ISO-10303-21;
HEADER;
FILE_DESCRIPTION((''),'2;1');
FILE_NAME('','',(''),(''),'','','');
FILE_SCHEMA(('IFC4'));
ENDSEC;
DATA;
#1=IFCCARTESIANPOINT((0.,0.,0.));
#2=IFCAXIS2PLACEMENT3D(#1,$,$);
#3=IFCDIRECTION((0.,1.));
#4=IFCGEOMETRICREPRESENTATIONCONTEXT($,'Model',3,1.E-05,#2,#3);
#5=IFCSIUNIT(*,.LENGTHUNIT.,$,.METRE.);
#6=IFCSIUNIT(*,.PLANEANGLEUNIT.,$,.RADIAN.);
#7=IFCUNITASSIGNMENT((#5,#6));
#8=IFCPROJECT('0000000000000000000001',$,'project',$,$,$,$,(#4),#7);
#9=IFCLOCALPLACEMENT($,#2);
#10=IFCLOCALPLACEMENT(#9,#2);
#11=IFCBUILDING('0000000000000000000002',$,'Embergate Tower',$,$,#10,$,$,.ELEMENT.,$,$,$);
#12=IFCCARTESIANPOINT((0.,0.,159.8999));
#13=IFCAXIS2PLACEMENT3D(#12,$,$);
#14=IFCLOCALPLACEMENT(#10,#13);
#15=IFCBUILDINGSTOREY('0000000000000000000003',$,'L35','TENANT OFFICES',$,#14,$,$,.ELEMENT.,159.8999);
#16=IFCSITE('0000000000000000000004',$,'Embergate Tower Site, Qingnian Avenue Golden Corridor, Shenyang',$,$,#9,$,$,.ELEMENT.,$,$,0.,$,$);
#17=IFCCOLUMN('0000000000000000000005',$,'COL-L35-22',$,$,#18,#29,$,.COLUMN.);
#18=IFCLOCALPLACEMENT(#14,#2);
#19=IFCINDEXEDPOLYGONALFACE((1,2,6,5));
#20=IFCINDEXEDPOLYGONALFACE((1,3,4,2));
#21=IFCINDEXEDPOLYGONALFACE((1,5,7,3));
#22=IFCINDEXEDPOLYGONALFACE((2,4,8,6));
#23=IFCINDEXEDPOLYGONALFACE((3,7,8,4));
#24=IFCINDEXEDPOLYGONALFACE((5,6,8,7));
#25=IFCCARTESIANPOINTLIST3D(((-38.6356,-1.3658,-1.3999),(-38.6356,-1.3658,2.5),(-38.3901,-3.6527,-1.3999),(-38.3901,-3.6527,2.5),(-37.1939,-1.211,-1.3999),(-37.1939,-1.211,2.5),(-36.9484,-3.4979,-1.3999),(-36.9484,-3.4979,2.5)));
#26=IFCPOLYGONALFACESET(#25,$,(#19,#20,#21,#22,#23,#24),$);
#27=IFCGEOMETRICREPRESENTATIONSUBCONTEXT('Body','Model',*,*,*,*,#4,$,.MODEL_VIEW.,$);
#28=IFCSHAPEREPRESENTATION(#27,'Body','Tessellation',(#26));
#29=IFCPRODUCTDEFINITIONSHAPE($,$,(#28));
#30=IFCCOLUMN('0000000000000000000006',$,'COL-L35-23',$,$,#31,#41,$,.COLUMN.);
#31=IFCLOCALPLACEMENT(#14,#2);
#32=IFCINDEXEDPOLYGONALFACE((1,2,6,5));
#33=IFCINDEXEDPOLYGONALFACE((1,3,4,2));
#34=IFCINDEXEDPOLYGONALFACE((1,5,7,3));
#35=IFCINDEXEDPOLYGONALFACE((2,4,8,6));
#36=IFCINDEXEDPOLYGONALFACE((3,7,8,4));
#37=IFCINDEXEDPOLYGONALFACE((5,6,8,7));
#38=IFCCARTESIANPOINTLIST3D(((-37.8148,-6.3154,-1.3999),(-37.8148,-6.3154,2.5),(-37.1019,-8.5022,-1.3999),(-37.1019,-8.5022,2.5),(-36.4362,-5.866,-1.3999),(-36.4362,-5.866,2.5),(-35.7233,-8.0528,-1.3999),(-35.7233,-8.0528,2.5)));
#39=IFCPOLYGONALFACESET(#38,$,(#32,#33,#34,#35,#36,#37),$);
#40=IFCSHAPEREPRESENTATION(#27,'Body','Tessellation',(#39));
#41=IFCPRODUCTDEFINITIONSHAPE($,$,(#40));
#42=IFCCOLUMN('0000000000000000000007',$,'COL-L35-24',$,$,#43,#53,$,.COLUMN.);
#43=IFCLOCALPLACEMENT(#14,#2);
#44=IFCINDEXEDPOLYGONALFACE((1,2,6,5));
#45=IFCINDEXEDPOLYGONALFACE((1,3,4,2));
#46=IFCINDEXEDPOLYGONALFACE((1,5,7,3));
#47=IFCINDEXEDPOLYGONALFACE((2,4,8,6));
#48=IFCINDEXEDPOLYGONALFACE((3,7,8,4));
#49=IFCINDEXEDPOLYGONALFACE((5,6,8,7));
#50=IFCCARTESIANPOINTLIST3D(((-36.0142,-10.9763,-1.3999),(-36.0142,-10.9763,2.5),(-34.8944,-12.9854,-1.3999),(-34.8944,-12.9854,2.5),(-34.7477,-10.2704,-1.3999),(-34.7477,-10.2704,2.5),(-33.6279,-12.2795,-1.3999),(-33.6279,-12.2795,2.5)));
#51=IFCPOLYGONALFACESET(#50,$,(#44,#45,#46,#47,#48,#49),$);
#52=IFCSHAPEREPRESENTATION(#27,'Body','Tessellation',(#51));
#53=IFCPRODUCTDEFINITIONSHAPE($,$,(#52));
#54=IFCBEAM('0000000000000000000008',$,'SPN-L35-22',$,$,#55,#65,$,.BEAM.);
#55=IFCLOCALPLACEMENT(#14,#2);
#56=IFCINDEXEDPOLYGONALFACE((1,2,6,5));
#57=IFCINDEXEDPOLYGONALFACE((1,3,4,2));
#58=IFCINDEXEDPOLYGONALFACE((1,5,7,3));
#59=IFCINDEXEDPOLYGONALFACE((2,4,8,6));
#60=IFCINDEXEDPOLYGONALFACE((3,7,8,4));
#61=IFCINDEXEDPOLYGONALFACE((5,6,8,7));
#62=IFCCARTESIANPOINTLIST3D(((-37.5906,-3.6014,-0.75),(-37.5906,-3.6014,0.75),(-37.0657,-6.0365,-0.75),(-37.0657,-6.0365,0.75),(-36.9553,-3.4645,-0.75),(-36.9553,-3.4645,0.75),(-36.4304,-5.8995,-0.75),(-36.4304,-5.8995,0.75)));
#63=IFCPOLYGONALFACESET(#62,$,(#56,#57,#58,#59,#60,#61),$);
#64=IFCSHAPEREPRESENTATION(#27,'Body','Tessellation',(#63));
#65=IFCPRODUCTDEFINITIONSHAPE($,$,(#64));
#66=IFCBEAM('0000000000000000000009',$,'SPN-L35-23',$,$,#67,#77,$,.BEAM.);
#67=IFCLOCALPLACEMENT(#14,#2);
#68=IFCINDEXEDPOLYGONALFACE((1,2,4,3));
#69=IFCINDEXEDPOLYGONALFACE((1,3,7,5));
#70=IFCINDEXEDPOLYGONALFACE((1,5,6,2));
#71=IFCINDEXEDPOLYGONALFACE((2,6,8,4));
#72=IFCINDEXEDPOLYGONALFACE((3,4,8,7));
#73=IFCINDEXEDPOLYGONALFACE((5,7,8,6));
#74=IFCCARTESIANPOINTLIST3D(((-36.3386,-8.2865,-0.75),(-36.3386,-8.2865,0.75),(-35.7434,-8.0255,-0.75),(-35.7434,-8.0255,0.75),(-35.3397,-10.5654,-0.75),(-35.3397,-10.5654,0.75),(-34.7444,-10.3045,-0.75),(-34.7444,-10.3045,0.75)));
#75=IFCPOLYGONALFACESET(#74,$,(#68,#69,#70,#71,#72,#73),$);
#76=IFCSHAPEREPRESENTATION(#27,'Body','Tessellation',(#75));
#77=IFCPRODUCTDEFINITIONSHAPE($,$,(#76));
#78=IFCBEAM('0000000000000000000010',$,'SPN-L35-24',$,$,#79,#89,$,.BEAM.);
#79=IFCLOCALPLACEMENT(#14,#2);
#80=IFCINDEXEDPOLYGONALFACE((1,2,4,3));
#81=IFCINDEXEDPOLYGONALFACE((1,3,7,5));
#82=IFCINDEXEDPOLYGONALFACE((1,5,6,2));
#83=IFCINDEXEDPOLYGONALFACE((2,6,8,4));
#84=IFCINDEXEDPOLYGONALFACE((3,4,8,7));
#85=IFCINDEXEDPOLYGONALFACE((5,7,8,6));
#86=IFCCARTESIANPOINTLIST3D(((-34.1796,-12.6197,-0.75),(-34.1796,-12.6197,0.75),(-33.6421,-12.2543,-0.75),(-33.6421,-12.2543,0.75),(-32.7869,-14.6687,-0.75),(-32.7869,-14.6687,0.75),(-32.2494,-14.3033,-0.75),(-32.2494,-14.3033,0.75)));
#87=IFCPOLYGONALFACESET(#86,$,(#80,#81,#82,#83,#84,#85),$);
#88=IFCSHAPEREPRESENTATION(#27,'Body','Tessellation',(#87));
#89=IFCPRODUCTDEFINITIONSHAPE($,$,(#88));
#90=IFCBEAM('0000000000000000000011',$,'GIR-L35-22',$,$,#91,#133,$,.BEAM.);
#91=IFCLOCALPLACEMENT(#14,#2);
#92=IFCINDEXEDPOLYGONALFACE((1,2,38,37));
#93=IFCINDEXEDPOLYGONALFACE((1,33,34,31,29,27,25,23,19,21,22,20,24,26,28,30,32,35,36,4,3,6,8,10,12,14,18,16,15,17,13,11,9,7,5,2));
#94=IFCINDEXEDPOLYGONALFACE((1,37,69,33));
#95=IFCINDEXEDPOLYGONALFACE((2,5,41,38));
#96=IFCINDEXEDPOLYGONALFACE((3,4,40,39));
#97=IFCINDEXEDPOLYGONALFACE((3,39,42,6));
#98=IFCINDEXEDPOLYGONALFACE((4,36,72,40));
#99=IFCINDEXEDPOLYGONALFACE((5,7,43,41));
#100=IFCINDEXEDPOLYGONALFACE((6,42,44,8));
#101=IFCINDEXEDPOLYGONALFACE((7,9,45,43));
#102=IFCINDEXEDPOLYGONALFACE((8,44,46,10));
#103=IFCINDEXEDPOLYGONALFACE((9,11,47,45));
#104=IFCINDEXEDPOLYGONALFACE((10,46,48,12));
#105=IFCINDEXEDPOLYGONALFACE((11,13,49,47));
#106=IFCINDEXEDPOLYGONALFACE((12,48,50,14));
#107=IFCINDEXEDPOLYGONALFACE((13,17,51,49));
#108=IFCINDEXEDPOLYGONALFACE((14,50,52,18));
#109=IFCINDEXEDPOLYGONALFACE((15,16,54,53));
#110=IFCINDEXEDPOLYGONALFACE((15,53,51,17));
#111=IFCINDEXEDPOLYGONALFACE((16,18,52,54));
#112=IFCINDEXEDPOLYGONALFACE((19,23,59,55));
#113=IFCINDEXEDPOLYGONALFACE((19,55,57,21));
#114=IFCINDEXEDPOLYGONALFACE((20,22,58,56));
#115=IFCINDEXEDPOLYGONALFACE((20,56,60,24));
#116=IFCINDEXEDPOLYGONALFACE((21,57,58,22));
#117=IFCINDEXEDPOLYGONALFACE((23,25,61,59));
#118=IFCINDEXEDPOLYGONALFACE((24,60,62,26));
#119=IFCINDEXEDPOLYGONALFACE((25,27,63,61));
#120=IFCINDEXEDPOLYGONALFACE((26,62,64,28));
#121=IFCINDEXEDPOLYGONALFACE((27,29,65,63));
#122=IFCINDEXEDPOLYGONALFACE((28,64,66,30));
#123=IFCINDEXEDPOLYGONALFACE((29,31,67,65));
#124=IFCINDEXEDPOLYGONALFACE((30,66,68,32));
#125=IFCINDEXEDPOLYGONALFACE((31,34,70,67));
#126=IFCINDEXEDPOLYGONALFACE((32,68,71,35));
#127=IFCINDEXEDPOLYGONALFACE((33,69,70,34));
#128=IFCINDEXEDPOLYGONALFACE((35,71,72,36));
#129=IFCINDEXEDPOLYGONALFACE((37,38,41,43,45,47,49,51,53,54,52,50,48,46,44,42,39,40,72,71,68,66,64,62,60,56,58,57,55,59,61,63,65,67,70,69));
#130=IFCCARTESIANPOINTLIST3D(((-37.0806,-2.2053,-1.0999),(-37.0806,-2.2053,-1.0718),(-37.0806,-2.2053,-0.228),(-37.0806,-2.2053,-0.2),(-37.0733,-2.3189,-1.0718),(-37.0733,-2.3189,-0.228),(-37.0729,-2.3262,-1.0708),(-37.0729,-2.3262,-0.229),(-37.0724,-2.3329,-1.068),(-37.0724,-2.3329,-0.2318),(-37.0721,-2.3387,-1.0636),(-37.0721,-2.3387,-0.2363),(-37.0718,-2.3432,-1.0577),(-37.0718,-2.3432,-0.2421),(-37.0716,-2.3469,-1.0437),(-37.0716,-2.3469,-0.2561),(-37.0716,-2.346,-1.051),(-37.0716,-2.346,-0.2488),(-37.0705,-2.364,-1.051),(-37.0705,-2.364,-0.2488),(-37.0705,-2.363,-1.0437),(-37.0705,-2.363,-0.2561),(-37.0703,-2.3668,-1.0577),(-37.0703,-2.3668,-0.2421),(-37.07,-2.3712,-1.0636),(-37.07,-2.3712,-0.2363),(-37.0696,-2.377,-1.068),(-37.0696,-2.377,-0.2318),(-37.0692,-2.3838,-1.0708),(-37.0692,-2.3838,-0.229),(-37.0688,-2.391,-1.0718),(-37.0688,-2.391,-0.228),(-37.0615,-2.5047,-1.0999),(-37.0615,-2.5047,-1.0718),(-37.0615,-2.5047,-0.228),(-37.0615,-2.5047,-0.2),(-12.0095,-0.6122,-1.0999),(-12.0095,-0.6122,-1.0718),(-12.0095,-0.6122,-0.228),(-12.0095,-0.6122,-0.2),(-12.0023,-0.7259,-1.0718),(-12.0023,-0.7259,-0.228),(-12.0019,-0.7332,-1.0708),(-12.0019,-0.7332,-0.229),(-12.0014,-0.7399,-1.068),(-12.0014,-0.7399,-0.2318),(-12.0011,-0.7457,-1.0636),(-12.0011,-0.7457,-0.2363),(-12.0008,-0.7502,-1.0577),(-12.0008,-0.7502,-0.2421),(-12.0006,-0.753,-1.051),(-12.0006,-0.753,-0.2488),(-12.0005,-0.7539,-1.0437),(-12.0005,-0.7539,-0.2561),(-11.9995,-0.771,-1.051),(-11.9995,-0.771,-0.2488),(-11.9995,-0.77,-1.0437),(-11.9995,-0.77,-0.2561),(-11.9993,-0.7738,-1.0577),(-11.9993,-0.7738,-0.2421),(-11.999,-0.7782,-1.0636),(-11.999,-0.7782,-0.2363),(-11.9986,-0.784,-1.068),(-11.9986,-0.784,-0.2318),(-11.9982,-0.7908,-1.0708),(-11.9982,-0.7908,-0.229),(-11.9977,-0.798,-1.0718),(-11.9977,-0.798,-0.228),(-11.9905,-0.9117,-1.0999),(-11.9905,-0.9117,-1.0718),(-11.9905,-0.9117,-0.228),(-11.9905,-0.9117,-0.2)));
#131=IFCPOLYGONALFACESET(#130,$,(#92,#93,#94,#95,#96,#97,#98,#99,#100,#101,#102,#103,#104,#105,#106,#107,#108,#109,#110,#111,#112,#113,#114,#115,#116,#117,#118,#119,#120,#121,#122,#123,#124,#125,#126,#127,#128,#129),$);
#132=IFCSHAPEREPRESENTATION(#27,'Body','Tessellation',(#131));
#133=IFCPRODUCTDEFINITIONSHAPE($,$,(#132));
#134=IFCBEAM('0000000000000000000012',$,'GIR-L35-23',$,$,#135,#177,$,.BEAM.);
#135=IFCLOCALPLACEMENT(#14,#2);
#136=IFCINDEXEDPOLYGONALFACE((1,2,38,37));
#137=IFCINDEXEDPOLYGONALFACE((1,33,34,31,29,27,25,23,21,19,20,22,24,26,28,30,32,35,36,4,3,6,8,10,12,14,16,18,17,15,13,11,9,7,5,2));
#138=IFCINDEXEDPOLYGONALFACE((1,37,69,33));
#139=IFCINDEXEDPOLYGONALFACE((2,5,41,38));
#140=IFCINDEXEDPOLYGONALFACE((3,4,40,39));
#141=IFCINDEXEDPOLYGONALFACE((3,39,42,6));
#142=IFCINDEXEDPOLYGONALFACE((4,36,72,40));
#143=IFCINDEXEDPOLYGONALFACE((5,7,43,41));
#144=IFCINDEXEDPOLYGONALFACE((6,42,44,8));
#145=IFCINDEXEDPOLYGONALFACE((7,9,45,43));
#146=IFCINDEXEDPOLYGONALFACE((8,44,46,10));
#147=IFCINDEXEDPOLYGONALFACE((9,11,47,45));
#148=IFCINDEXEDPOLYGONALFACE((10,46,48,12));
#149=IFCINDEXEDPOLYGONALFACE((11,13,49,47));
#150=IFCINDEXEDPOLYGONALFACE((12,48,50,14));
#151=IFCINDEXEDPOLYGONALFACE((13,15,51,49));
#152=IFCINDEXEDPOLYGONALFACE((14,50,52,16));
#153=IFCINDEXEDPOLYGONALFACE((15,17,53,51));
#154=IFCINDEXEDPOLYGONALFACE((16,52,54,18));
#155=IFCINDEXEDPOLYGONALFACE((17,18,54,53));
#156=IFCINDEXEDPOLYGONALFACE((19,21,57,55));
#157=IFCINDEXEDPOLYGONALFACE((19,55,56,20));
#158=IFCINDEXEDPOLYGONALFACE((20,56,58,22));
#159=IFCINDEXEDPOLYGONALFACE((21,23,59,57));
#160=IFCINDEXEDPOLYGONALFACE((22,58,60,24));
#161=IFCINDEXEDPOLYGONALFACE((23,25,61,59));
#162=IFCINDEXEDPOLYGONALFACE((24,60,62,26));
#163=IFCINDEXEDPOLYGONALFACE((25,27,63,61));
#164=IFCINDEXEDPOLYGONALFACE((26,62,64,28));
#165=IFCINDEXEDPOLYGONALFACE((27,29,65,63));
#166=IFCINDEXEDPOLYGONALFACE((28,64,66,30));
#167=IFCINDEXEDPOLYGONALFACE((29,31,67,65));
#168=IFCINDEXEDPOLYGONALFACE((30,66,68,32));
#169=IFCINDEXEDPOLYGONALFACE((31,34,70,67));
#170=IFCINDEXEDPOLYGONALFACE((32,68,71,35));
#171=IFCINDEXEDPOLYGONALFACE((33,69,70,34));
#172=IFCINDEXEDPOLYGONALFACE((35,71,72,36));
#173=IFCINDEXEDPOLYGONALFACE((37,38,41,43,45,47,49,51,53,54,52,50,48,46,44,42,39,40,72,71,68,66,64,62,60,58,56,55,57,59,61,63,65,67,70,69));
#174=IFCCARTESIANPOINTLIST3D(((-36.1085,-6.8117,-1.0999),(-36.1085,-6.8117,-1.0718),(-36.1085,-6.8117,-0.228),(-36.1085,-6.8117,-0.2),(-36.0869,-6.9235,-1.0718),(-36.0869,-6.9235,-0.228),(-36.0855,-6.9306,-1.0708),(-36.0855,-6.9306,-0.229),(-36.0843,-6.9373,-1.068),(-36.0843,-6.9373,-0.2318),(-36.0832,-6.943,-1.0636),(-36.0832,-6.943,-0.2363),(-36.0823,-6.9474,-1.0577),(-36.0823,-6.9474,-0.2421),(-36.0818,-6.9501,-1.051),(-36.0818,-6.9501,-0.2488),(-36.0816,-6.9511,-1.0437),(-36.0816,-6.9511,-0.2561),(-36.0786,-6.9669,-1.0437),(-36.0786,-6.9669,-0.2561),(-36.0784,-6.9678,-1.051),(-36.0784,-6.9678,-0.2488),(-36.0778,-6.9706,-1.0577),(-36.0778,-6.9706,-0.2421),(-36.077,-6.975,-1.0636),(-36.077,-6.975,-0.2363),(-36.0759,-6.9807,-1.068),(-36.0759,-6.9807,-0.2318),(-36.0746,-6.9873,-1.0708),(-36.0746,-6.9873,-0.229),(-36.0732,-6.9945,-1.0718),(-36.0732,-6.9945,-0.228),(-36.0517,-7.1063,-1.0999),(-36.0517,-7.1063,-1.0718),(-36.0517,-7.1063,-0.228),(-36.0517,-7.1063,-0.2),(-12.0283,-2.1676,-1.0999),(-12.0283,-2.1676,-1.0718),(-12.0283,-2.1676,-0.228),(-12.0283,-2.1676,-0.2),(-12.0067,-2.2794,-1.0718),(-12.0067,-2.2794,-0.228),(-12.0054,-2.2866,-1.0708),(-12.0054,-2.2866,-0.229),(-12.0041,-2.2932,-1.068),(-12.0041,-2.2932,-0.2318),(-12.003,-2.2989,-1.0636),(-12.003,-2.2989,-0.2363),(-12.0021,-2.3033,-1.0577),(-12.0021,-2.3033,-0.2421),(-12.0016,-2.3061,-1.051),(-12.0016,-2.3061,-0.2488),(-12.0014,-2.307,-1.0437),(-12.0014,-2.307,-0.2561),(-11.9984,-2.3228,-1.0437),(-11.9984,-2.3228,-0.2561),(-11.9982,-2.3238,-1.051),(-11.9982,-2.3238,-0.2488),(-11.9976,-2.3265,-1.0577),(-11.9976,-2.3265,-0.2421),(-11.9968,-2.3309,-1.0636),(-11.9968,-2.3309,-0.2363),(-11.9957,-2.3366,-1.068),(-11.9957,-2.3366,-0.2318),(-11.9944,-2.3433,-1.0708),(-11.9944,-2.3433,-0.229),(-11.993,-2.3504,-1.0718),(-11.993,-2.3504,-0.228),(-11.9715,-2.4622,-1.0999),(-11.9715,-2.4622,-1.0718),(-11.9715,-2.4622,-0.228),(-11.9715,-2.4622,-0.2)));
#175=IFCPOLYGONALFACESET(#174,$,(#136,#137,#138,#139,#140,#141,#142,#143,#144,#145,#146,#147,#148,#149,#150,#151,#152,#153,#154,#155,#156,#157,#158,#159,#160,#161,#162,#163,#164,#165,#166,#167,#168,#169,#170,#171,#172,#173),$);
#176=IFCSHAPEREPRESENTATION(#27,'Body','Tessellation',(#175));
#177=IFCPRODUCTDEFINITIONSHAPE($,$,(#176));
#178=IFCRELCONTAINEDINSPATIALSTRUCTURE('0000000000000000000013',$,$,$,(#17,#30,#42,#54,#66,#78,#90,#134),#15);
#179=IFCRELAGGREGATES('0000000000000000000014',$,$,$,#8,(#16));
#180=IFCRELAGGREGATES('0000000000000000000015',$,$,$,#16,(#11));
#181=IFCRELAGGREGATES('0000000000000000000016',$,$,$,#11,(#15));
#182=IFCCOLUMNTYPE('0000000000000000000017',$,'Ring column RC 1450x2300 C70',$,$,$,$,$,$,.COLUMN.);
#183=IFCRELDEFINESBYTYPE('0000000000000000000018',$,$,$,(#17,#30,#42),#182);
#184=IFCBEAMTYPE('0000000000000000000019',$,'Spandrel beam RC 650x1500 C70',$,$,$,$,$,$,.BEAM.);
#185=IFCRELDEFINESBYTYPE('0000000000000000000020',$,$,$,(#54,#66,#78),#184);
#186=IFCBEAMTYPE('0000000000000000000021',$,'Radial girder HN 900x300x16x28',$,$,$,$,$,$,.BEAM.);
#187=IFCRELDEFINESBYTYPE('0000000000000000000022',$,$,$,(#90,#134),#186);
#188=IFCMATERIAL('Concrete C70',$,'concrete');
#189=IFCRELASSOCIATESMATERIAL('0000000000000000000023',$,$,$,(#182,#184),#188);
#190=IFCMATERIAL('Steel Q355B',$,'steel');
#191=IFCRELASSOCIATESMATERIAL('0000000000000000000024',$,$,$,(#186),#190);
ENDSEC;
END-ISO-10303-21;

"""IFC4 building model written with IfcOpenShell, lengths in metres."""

from ifc_helpers import new_model, si_unit, direction, frame, origin, origin_2d, place, context, subcontext, project, spatial, rectangle, i_section, extrude, source, transform, mapped, material, material_profile, profile_set, type_object, element, save


model = new_model("IFC4")

# Units and contexts
model_context = context("Model", 3, precision=1e-05, world=origin(), true_north=direction((0.0, 1.0)))
body_context = subcontext(model_context, "Body", "Model", "MODEL_VIEW")
ifc_project = project(units=[si_unit("LENGTHUNIT", "METRE"), si_unit("PLANEANGLEUNIT", "RADIAN")], contexts=[model_context])

# Site, building, storey
site_placement = place(None, origin())
site = spatial("IfcSite", under=ifc_project, at=site_placement, Name="Embergate Tower Site, Qingnian Avenue Golden Corridor, Shenyang", CompositionType="ELEMENT", RefElevation=0.0)
building_placement = place(site_placement, origin())
building = spatial("IfcBuilding", under=site, at=building_placement, Name="Embergate Tower", CompositionType="ELEMENT")
storey_placement = place(building_placement, frame((0.0, 0.0, 159.8999)))
storey = spatial("IfcBuildingStorey", under=building, at=storey_placement, Name="L35", Description="TENANT OFFICES", CompositionType="ELEMENT", Elevation=159.8999)

# Columns
ifc_material_1 = material(Name="Concrete C70", Category="concrete")
ifc_material_profile_1 = material_profile(ifc_material_1, rectangle(XDim=1.45, YDim=2.3, at=origin_2d()), Name="RC 1450x2300")
ifc_profile_set_1 = profile_set([ifc_material_profile_1], Name="Concrete C70")
column_type = type_object("IfcColumnType", Name="Ring column RC 1450x2300 C70", PredefinedType="COLUMN", material=ifc_profile_set_1)
shared_shape_1 = source(origin(), body_context, "Body", "SweptSolid", [
    extrude(rectangle(XDim=1.45, YDim=2.3, at=origin_2d()), origin(), (0.0, 0.0, 1.0), 3.8999),
])
for number, where, z_axis, x_axis, name in (
    (1, (-37.792, -2.4319, -1.3999), (0.0, 0.0, 1.0), (-0.994286, -0.10675, 0.0), "COL-L35-22"),
    (2, (-36.769, -7.1841, -1.3999), (0.0, 0.0, 1.0), (-0.950754, -0.309946, 0.0), "COL-L35-23"),
    (3, (-34.821, -11.6279, -1.3999), (0.0, 0.0, 1.0), (-0.873492, -0.486839, 0.0), "COL-L35-24"),
):
    element("IfcColumn", number, at=place(storey_placement, frame(where, z_axis=z_axis, x_axis=x_axis)), inside=storey, type_object=column_type, Name=name, PredefinedType="COLUMN", context=body_context, shape_type="MappedRepresentation", body=[
        mapped(shared_shape_1, transform((0.0, 0.0, 0.0))),
    ])

# Beams
ifc_material_profile_2 = material_profile(ifc_material_1, rectangle(XDim=0.6499, YDim=1.5, at=origin_2d()), Name="RC 650x1500")
ifc_profile_set_2 = profile_set([ifc_material_profile_2], Name="Concrete C70")
beam_type_1 = type_object("IfcBeamType", Name="Spandrel beam RC 650x1500 C70", PredefinedType="BEAM", material=ifc_profile_set_2)
shared_shape_2 = source(origin(), body_context, "Body", "SweptSolid", [
    extrude(rectangle(XDim=0.6499, YDim=1.5, at=origin_2d()), origin(), (0.0, 0.0, 1.0), 2.491),
])
beam_1_placement = place(storey_placement, frame((-37.2729, -3.533, 0.0), z_axis=(0.21072, -0.977546, 0.0), x_axis=(0.977546, 0.21072, 0.0)))
element("IfcBeam", 4, at=beam_1_placement, inside=storey, type_object=beam_type_1, Name="SPN-L35-22", PredefinedType="BEAM", context=body_context, shape_type="MappedRepresentation", body=[
    mapped(shared_shape_2, transform((0.0, 0.0, 0.0))),
])
shared_shape_3 = source(origin(), body_context, "Body", "SweptSolid", [
    extrude(rectangle(XDim=0.6499, YDim=1.5, at=origin_2d()), origin(), (0.0, 0.0, 1.0), 2.4883),
])
beam_2_placement = place(storey_placement, frame((-36.041, -8.156, 0.0), z_axis=(0.401472, -0.915871, 0.0), x_axis=(0.915871, 0.401472, 0.0)))
element("IfcBeam", 5, at=beam_2_placement, inside=storey, type_object=beam_type_1, Name="SPN-L35-23", PredefinedType="BEAM", context=body_context, shape_type="MappedRepresentation", body=[
    mapped(shared_shape_3, transform((0.0, 0.0, 0.0))),
])
shared_shape_4 = source(origin(), body_context, "Body", "SweptSolid", [
    extrude(rectangle(XDim=0.6499, YDim=1.5, at=origin_2d()), origin(), (0.0, 0.0, 1.0), 2.4775),
])
beam_3_placement = place(storey_placement, frame((-33.9109, -12.437, 0.0), z_axis=(0.562159, -0.827029, 0.0), x_axis=(0.827029, 0.562159, 0.0)))
element("IfcBeam", 6, at=beam_3_placement, inside=storey, type_object=beam_type_1, Name="SPN-L35-24", PredefinedType="BEAM", context=body_context, shape_type="MappedRepresentation", body=[
    mapped(shared_shape_4, transform((0.0, 0.0, 0.0))),
])
ifc_material_2 = material(Name="Steel Q355B", Category="steel")
ifc_material_profile_3 = material_profile(ifc_material_2, i_section(OverallWidth=0.3, OverallDepth=0.8999, WebThickness=0.0161, FlangeThickness=0.0281, FilletRadius=0.0281, at=origin_2d()), Name="HN 900x300x16x28")
ifc_profile_set_3 = profile_set([ifc_material_profile_3], Name="Steel Q355 grade B")
beam_type_2 = type_object("IfcBeamType", Name="Radial girder HN 900x300x16x28", PredefinedType="BEAM", material=ifc_profile_set_3)
shared_shape_5 = source(origin(), body_context, "Body", "SweptSolid", [
    extrude(i_section(OverallWidth=0.3, OverallDepth=0.8999, WebThickness=0.0161, FlangeThickness=0.0281, FilletRadius=0.0281, at=origin_2d()), origin(), (0.0, 0.0, 1.0), 25.1216),
])
beam_4_placement = place(storey_placement, frame((-37.071, -2.355, -0.6499), z_axis=(0.997987, 0.063412, 0.0), x_axis=(-0.063412, 0.997987, 0.0)))
element("IfcBeam", 7, at=beam_4_placement, inside=storey, type_object=beam_type_2, Name="GIR-L35-22", PredefinedType="BEAM", context=body_context, shape_type="MappedRepresentation", body=[
    mapped(shared_shape_5, transform((0.0, 0.0, 0.0))),
])
shared_shape_6 = source(origin(), body_context, "Body", "SweptSolid", [
    extrude(i_section(OverallWidth=0.3, OverallDepth=0.8999, WebThickness=0.0161, FlangeThickness=0.0281, FilletRadius=0.0281, at=origin_2d()), origin(), (0.0, 0.0, 1.0), 24.5239),
])
beam_5_placement = place(storey_placement, frame((-36.0801, -6.959, -0.6499), z_axis=(0.981906, 0.189369, 0.0), x_axis=(-0.189369, 0.981906, 0.0)))
element("IfcBeam", 8, at=beam_5_placement, inside=storey, type_object=beam_type_2, Name="GIR-L35-23", PredefinedType="BEAM", context=body_context, shape_type="MappedRepresentation", body=[
    mapped(shared_shape_6, transform((0.0, 0.0, 0.0))),
])

save(model, "model.ifc")
